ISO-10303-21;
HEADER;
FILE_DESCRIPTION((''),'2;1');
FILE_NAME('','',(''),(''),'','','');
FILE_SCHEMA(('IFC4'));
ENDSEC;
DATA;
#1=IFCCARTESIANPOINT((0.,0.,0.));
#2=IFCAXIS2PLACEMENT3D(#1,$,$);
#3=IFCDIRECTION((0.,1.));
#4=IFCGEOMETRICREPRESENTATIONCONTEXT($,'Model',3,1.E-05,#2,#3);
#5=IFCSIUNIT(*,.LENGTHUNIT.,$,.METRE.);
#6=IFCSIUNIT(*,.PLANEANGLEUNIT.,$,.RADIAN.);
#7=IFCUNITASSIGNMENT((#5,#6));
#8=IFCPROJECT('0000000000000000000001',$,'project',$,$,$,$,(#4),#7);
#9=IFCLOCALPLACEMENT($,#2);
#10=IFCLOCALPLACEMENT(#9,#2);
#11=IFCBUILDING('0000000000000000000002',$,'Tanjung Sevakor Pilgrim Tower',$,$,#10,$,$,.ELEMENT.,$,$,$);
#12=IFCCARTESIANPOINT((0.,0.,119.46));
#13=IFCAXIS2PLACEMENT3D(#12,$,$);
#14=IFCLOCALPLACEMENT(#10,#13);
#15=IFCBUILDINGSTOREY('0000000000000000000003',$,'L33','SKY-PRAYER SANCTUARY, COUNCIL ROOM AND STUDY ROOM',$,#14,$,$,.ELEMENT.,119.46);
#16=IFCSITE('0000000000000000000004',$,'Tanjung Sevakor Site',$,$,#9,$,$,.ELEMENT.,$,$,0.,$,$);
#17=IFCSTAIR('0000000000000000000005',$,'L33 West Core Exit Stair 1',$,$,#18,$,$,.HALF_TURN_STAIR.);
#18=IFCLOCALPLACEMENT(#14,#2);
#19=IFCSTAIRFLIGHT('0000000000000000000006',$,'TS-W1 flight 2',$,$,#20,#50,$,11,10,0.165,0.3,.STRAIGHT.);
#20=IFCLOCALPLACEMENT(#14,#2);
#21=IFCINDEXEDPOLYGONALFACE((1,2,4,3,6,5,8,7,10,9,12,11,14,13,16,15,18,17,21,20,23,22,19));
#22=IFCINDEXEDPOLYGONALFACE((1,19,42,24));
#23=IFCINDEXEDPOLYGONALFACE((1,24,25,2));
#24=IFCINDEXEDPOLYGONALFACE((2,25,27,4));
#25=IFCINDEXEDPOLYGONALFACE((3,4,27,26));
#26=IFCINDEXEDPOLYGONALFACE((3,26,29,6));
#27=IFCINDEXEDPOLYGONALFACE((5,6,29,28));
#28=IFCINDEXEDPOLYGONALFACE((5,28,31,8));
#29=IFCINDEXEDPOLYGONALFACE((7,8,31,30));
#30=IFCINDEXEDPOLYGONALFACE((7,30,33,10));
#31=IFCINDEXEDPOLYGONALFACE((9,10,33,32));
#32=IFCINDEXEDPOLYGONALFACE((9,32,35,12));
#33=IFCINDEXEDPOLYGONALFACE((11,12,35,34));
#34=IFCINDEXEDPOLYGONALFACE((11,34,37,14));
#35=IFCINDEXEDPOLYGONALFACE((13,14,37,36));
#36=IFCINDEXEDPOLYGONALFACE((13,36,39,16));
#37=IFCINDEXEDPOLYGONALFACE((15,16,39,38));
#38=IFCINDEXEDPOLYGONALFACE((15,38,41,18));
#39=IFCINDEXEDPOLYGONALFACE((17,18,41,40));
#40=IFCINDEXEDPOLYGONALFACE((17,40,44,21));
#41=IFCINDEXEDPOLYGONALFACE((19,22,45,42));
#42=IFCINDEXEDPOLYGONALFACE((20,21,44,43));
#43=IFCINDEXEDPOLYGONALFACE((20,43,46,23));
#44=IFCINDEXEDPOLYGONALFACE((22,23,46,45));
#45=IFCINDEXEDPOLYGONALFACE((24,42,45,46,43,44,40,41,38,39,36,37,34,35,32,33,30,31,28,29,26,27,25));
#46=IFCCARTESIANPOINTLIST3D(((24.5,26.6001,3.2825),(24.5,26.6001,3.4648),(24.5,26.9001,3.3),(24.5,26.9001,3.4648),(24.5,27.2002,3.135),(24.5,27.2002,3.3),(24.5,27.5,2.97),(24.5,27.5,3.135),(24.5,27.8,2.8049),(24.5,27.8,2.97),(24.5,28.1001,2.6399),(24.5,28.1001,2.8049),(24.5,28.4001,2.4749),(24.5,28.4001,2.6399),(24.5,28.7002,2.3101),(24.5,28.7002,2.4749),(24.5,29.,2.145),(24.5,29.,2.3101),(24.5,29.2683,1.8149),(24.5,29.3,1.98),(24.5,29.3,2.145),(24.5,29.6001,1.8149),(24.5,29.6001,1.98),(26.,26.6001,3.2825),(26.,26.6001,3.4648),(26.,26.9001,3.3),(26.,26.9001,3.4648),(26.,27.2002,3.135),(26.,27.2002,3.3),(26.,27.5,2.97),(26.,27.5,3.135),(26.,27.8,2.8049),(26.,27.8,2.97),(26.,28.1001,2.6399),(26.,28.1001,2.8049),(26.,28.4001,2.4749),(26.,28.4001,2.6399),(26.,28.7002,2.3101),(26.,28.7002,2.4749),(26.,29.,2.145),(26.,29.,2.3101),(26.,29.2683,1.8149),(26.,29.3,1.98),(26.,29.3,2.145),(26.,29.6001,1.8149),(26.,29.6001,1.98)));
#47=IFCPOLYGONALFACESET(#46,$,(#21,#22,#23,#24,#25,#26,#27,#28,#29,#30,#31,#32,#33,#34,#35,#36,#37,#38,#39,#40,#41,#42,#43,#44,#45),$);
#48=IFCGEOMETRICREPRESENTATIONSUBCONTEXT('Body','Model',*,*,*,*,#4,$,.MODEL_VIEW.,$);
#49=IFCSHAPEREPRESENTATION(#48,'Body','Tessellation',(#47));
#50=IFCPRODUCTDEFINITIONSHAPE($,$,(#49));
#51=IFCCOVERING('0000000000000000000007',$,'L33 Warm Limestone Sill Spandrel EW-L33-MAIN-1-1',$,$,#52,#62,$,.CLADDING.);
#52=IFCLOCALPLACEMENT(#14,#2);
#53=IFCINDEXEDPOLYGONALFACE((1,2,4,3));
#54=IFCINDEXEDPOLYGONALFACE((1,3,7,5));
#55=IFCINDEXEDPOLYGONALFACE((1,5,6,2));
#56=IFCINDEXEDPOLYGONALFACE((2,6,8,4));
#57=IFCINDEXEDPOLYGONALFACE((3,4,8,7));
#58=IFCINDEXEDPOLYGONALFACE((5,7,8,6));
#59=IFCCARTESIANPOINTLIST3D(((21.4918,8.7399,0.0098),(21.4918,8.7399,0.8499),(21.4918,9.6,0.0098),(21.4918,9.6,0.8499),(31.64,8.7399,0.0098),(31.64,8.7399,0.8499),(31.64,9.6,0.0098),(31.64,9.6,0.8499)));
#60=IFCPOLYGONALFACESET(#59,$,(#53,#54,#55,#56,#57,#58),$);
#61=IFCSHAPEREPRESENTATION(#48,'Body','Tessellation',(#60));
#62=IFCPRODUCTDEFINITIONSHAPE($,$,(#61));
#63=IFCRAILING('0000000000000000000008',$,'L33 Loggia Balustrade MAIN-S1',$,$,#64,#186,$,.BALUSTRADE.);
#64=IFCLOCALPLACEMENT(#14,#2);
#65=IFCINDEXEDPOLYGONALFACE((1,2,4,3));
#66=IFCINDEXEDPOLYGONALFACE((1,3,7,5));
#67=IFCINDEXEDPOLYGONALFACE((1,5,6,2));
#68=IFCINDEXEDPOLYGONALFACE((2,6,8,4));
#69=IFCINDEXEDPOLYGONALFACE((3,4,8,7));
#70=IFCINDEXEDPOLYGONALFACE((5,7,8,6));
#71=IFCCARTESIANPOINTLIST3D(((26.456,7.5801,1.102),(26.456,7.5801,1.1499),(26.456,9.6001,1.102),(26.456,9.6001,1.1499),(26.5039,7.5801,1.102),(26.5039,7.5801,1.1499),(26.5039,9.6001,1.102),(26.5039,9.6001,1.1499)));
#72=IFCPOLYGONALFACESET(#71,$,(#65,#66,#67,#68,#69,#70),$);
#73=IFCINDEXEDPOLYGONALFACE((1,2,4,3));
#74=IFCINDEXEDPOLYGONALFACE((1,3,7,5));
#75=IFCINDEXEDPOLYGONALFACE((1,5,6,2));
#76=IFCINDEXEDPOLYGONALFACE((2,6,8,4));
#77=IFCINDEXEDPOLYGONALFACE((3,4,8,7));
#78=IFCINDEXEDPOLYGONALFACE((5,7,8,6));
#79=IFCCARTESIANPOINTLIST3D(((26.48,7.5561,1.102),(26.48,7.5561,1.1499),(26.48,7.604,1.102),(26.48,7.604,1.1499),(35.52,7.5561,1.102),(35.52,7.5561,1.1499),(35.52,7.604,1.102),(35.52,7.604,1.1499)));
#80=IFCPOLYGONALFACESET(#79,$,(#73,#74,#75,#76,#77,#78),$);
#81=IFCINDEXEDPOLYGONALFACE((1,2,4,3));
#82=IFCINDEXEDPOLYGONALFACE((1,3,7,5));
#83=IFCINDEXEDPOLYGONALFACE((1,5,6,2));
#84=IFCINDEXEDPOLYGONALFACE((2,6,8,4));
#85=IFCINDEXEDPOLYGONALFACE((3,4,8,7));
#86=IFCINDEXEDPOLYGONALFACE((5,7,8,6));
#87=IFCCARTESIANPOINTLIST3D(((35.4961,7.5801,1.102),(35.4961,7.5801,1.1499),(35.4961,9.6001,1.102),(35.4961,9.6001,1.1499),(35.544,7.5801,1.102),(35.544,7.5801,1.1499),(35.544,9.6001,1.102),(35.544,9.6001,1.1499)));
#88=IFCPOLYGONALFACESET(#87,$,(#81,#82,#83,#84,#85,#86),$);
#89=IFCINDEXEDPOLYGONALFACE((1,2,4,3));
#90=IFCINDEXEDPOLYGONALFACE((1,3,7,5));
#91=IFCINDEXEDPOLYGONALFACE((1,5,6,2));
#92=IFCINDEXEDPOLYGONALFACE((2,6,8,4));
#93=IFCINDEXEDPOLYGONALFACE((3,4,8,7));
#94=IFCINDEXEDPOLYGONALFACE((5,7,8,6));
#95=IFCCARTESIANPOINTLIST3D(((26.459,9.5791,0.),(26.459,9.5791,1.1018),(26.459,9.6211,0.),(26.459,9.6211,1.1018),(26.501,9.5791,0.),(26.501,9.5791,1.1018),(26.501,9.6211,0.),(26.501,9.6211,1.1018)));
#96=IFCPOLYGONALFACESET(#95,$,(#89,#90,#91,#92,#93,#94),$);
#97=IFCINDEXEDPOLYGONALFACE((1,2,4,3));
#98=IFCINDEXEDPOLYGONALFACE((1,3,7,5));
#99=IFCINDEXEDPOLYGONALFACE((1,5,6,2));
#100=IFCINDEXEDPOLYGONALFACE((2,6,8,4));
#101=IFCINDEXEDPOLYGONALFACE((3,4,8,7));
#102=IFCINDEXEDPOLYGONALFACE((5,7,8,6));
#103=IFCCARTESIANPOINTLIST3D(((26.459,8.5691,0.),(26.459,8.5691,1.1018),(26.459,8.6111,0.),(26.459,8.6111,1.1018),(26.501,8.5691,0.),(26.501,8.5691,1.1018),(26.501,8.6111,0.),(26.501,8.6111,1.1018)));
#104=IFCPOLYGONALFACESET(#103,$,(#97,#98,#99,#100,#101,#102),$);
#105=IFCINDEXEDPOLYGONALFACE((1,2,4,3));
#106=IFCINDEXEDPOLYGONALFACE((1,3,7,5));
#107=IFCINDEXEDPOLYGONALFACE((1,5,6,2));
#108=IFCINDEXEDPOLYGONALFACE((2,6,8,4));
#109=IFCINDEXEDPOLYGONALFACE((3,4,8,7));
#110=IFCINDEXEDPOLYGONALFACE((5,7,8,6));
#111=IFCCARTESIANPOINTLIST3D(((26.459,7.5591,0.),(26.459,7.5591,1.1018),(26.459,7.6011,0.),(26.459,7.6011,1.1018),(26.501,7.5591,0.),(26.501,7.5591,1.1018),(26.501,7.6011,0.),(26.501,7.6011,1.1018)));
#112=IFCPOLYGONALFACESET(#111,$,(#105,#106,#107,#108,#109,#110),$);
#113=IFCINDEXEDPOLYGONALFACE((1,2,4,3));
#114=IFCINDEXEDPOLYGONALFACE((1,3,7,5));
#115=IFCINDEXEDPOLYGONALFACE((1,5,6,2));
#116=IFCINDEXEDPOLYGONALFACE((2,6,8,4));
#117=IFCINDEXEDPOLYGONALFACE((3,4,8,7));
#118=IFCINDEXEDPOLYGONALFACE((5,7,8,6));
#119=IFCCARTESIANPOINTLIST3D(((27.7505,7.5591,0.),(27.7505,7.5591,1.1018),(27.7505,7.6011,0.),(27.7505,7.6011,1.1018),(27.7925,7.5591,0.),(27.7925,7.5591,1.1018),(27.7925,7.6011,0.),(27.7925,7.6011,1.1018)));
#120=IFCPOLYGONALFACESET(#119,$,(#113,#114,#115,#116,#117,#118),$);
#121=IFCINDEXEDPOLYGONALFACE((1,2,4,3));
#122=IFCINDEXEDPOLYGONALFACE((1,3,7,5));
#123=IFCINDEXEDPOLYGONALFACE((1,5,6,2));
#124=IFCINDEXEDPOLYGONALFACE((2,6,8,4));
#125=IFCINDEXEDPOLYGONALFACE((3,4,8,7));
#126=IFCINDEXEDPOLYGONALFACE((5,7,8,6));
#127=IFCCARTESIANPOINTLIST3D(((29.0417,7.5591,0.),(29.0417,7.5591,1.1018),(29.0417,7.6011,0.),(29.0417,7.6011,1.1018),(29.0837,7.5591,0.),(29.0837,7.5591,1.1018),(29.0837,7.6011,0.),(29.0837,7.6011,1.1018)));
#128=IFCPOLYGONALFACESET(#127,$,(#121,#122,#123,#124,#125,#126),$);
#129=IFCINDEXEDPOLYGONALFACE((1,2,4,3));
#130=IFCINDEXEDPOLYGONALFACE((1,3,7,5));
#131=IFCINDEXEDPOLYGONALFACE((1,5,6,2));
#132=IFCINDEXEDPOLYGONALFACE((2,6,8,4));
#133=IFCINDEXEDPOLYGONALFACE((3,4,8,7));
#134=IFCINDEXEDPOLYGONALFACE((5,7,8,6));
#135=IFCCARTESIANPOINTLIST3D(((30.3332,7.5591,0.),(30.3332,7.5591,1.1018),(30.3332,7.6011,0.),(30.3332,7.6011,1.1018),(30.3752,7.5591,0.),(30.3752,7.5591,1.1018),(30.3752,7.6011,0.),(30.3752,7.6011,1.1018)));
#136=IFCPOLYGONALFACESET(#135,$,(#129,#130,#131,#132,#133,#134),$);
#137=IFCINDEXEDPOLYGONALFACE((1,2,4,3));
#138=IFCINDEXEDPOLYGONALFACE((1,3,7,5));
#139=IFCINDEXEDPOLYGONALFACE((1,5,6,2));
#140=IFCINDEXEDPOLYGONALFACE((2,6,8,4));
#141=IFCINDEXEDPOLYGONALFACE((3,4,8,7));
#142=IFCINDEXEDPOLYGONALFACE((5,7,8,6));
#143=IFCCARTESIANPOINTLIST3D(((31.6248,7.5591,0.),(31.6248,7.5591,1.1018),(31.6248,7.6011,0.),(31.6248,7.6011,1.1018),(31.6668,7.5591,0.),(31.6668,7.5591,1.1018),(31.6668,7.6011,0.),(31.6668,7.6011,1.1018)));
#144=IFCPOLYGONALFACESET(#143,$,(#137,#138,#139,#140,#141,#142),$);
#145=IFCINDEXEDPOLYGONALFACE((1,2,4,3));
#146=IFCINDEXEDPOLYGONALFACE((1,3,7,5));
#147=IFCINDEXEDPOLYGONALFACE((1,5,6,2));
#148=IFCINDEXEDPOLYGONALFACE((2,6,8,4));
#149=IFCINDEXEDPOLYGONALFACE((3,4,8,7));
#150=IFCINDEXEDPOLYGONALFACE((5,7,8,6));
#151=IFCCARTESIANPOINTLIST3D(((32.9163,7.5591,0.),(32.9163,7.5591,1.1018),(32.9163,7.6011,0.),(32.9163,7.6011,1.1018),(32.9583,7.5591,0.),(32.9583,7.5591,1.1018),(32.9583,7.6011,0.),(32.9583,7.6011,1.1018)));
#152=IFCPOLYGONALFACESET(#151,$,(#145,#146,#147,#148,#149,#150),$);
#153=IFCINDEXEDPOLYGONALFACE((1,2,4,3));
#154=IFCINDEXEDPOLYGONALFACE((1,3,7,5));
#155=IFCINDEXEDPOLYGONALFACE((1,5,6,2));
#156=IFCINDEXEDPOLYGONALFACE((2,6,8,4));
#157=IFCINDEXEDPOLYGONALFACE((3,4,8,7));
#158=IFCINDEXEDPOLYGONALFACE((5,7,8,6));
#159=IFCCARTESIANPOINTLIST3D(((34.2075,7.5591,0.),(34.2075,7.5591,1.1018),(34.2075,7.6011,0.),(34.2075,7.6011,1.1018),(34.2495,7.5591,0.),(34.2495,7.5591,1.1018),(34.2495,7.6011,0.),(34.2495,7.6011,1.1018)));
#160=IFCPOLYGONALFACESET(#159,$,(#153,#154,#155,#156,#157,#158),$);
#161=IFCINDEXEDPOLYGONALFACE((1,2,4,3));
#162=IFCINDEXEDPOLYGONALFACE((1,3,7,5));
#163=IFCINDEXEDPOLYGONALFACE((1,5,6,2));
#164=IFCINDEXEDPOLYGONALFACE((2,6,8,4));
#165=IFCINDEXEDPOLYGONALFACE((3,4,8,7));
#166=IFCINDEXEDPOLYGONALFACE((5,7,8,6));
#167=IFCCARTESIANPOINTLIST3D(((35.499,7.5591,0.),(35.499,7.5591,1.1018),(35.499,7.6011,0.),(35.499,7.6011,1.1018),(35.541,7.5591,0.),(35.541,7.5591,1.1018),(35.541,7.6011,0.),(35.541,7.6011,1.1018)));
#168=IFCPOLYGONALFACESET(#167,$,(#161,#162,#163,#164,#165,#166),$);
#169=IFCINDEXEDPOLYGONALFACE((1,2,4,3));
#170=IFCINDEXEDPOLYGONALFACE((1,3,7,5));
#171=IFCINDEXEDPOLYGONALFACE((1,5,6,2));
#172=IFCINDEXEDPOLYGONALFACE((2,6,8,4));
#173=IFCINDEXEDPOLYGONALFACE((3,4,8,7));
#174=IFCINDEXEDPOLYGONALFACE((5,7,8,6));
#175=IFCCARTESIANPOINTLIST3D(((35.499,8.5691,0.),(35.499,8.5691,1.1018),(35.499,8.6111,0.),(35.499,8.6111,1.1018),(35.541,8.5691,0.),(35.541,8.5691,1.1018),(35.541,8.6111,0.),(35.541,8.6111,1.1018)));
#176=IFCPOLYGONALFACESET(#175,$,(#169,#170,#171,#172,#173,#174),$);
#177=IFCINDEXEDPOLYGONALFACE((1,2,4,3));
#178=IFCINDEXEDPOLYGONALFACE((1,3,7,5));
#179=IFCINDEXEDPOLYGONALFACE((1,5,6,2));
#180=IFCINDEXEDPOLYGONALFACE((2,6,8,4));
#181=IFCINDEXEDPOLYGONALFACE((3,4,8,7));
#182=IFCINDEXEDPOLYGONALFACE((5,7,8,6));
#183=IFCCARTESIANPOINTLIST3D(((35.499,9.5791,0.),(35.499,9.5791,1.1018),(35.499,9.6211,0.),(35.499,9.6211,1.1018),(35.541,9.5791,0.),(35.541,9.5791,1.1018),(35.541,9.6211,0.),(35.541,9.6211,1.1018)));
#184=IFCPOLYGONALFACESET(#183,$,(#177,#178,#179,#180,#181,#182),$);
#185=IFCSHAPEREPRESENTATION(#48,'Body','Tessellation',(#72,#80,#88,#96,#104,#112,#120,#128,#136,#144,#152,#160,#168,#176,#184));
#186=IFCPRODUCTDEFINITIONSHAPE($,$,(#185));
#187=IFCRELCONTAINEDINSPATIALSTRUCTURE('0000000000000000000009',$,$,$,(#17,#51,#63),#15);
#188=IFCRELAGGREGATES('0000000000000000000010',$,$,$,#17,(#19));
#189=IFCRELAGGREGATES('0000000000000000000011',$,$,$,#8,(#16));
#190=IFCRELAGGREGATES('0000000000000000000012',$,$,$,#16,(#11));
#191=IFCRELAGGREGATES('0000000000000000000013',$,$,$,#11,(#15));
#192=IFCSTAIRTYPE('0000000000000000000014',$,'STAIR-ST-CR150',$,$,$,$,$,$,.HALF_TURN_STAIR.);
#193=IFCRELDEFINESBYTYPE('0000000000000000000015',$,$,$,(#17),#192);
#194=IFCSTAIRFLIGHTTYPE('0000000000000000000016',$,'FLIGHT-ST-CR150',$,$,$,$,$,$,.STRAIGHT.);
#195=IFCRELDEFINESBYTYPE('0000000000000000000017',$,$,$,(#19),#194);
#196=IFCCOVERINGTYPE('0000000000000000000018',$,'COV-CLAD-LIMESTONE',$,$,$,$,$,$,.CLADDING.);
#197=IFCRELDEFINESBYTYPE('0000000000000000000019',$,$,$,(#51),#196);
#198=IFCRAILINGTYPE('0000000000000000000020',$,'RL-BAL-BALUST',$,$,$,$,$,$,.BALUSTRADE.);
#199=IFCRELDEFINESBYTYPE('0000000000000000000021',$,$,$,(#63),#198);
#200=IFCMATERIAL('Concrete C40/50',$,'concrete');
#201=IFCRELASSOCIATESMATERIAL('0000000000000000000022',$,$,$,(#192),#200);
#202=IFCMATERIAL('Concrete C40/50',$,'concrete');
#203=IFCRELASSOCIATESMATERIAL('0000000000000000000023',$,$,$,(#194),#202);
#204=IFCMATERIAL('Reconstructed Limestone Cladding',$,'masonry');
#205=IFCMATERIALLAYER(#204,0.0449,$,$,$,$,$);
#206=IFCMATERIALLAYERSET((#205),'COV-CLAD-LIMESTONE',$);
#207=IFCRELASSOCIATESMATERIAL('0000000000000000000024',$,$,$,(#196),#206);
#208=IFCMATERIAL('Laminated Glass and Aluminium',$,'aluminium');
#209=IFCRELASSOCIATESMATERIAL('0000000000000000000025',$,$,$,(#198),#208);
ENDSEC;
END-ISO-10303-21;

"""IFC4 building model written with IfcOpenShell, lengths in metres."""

from ifc_helpers import new_model, si_unit, direction, frame, origin, origin_2d, place, context, subcontext, project, spatial, polyline, rectangle, outline, extrude, material, layer, layer_set, type_object, element, aggregate, save


model = new_model("IFC4")

# Units and contexts
model_context = context("Model", 3, precision=1e-05, world=origin(), true_north=direction((0.0, 1.0)))
body_context = subcontext(model_context, "Body", "Model", "MODEL_VIEW")
ifc_project = project(units=[si_unit("LENGTHUNIT", "METRE"), si_unit("PLANEANGLEUNIT", "RADIAN")], contexts=[model_context])

# Site, building, storey
site_placement = place(None, origin())
site = spatial("IfcSite", under=ifc_project, at=site_placement, Name="Tanjung Sevakor Site", CompositionType="ELEMENT", RefElevation=0.0)
building_placement = place(site_placement, origin())
building = spatial("IfcBuilding", under=site, at=building_placement, Name="Tanjung Sevakor Pilgrim Tower", CompositionType="ELEMENT")
storey_placement = place(building_placement, frame((0.0, 0.0, 119.46)))
storey = spatial("IfcBuildingStorey", under=building, at=storey_placement, Name="L33", Description="SKY-PRAYER SANCTUARY, COUNCIL ROOM AND STUDY ROOM", CompositionType="ELEMENT", Elevation=119.46)

# Stair, stair flight
ifc_material_1 = material(Name="Concrete C40/50", Category="concrete")
stair_type = type_object("IfcStairType", Name="STAIR-ST-CR150", PredefinedType="HALF_TURN_STAIR", material=ifc_material_1)
stair_placement = place(storey_placement, origin())
stair = element("IfcStair", 1, at=stair_placement, inside=storey, type_object=stair_type, Name="L33 West Core Exit Stair 1", PredefinedType="HALF_TURN_STAIR")
ifc_material_2 = material(Name="Concrete C40/50", Category="concrete")
stair_flight_type = type_object("IfcStairFlightType", Name="FLIGHT-ST-CR150", PredefinedType="STRAIGHT", material=ifc_material_2)
stair_flight_1_placement = place(storey_placement, frame((25.25, 29.6001, 1.8149), z_axis=(0.0, 0.0, 1.0), x_axis=(0.0, -1.0, 0.0)))
stair_flight_1 = element("IfcStairFlight", 2, at=stair_flight_1_placement, type_object=stair_flight_type, Name="TS-W1 flight 2", NumberOfRisers=11, NumberOfTreads=10, PredefinedType="STRAIGHT", RiserHeight=0.165, TreadLength=0.3, context=body_context, shape_type="SweptSolid", body=[
    extrude(outline(polyline([(0.0, 0.0), (0.0, 0.165), (0.3, 0.165), (0.3, 0.3301), (0.6001, 0.3301), (0.6001, 0.4951), (0.8999, 0.4951), (0.8999, 0.6599), (1.2, 0.6599), (1.2, 0.825), (1.5, 0.825), (1.5, 0.99), (1.8, 0.99), (1.8, 1.155), (2.1001, 1.155), (2.1001, 1.3201), (2.3999, 1.3201), (2.3999, 1.4851), (2.7, 1.4851), (2.7, 1.6499), (3.0, 1.6499), (3.0, 1.8149), (3.0, 1.4675), (0.3318, 0.0), (0.0, 0.0)])), frame((0.0, 0.75, 0.0), z_axis=(0.0, -1.0, 0.0), x_axis=(1.0, 0.0, 0.0)), (0.0, 0.0, 1.0), 1.5),
])
aggregate(stair, [stair_flight_1])

# Covering
ifc_material_3 = material(Name="Reconstructed Limestone Cladding", Category="masonry")
ifc_layer_1 = layer(ifc_material_3, 0.0449)
ifc_layer_set_1 = layer_set([ifc_layer_1], Name="COV-CLAD-LIMESTONE")
covering_type = type_object("IfcCoveringType", Name="COV-CLAD-LIMESTONE", PredefinedType="CLADDING", material=ifc_layer_set_1)
covering_placement = place(storey_placement, frame((26.5659, 9.1699, 0.0098), z_axis=(0.0, 0.0, 1.0), x_axis=(1.0, 0.0, 0.0)))
element("IfcCovering", 3, at=covering_placement, inside=storey, type_object=covering_type, Name="L33 Warm Limestone Sill Spandrel EW-L33-MAIN-1-1", PredefinedType="CLADDING", context=body_context, shape_type="SweptSolid", body=[
    extrude(rectangle(XDim=10.1482, YDim=0.8601, at=origin_2d()), origin(), (0.0, 0.0, 1.0), 0.8401),
])

# Railing
ifc_material_4 = material(Name="Laminated Glass and Aluminium", Category="aluminium")
railing_type_1 = type_object("IfcRailingType", Name="RL-BAL-BALUST", PredefinedType="BALUSTRADE", material=ifc_material_4)
railing_1_placement = place(storey_placement, frame((26.48, 9.6001, 0.0)))
element("IfcRailing", 4, at=railing_1_placement, inside=storey, type_object=railing_type_1, Name="L33 Loggia Balustrade MAIN-S1", PredefinedType="BALUSTRADE", context=body_context, shape_type="SweptSolid", body=[
    extrude(rectangle(XDim=0.0479, YDim=0.0479), frame((0.0, 0.0, 1.126), z_axis=(0.0, -1.0, 0.0), x_axis=(1.0, 0.0, 0.0)), (0.0, 0.0, 1.0), 2.02),
    extrude(rectangle(XDim=0.0479, YDim=0.0479), frame((0.0, -2.02, 1.126), z_axis=(1.0, 0.0, 0.0), x_axis=(0.0, 1.0, 0.0)), (0.0, 0.0, 1.0), 9.04),
    extrude(rectangle(XDim=0.0479, YDim=0.0479), frame((9.04, -2.02, 1.126), z_axis=(0.0, 1.0, 0.0), x_axis=(-1.0, 0.0, 0.0)), (0.0, 0.0, 1.0), 2.02),
    extrude(rectangle(XDim=0.042, YDim=0.042), origin(), (0.0, 0.0, 1.0), 1.1018),
    extrude(rectangle(XDim=0.042, YDim=0.042), frame((0.0, -1.01, 0.0)), (0.0, 0.0, 1.0), 1.1018),
    extrude(rectangle(XDim=0.042, YDim=0.042), frame((0.0, -2.02, 0.0)), (0.0, 0.0, 1.0), 1.1018),
    extrude(rectangle(XDim=0.042, YDim=0.042), frame((1.2915, -2.02, 0.0)), (0.0, 0.0, 1.0), 1.1018),
    extrude(rectangle(XDim=0.042, YDim=0.042), frame((2.5828, -2.02, 0.0)), (0.0, 0.0, 1.0), 1.1018),
    extrude(rectangle(XDim=0.042, YDim=0.042), frame((3.8743, -2.02, 0.0)), (0.0, 0.0, 1.0), 1.1018),
    extrude(rectangle(XDim=0.042, YDim=0.042), frame((5.1658, -2.02, 0.0)), (0.0, 0.0, 1.0), 1.1018),
    extrude(rectangle(XDim=0.042, YDim=0.042), frame((6.4573, -2.02, 0.0)), (0.0, 0.0, 1.0), 1.1018),
    extrude(rectangle(XDim=0.042, YDim=0.042), frame((7.7485, -2.02, 0.0)), (0.0, 0.0, 1.0), 1.1018),
    extrude(rectangle(XDim=0.042, YDim=0.042), frame((9.04, -2.02, 0.0)), (0.0, 0.0, 1.0), 1.1018),
    extrude(rectangle(XDim=0.042, YDim=0.042), frame((9.04, -1.01, 0.0)), (0.0, 0.0, 1.0), 1.1018),
    extrude(rectangle(XDim=0.042, YDim=0.042), frame((9.04, 0.0, 0.0)), (0.0, 0.0, 1.0), 1.1018),
])

save(model, "model.ifc")
